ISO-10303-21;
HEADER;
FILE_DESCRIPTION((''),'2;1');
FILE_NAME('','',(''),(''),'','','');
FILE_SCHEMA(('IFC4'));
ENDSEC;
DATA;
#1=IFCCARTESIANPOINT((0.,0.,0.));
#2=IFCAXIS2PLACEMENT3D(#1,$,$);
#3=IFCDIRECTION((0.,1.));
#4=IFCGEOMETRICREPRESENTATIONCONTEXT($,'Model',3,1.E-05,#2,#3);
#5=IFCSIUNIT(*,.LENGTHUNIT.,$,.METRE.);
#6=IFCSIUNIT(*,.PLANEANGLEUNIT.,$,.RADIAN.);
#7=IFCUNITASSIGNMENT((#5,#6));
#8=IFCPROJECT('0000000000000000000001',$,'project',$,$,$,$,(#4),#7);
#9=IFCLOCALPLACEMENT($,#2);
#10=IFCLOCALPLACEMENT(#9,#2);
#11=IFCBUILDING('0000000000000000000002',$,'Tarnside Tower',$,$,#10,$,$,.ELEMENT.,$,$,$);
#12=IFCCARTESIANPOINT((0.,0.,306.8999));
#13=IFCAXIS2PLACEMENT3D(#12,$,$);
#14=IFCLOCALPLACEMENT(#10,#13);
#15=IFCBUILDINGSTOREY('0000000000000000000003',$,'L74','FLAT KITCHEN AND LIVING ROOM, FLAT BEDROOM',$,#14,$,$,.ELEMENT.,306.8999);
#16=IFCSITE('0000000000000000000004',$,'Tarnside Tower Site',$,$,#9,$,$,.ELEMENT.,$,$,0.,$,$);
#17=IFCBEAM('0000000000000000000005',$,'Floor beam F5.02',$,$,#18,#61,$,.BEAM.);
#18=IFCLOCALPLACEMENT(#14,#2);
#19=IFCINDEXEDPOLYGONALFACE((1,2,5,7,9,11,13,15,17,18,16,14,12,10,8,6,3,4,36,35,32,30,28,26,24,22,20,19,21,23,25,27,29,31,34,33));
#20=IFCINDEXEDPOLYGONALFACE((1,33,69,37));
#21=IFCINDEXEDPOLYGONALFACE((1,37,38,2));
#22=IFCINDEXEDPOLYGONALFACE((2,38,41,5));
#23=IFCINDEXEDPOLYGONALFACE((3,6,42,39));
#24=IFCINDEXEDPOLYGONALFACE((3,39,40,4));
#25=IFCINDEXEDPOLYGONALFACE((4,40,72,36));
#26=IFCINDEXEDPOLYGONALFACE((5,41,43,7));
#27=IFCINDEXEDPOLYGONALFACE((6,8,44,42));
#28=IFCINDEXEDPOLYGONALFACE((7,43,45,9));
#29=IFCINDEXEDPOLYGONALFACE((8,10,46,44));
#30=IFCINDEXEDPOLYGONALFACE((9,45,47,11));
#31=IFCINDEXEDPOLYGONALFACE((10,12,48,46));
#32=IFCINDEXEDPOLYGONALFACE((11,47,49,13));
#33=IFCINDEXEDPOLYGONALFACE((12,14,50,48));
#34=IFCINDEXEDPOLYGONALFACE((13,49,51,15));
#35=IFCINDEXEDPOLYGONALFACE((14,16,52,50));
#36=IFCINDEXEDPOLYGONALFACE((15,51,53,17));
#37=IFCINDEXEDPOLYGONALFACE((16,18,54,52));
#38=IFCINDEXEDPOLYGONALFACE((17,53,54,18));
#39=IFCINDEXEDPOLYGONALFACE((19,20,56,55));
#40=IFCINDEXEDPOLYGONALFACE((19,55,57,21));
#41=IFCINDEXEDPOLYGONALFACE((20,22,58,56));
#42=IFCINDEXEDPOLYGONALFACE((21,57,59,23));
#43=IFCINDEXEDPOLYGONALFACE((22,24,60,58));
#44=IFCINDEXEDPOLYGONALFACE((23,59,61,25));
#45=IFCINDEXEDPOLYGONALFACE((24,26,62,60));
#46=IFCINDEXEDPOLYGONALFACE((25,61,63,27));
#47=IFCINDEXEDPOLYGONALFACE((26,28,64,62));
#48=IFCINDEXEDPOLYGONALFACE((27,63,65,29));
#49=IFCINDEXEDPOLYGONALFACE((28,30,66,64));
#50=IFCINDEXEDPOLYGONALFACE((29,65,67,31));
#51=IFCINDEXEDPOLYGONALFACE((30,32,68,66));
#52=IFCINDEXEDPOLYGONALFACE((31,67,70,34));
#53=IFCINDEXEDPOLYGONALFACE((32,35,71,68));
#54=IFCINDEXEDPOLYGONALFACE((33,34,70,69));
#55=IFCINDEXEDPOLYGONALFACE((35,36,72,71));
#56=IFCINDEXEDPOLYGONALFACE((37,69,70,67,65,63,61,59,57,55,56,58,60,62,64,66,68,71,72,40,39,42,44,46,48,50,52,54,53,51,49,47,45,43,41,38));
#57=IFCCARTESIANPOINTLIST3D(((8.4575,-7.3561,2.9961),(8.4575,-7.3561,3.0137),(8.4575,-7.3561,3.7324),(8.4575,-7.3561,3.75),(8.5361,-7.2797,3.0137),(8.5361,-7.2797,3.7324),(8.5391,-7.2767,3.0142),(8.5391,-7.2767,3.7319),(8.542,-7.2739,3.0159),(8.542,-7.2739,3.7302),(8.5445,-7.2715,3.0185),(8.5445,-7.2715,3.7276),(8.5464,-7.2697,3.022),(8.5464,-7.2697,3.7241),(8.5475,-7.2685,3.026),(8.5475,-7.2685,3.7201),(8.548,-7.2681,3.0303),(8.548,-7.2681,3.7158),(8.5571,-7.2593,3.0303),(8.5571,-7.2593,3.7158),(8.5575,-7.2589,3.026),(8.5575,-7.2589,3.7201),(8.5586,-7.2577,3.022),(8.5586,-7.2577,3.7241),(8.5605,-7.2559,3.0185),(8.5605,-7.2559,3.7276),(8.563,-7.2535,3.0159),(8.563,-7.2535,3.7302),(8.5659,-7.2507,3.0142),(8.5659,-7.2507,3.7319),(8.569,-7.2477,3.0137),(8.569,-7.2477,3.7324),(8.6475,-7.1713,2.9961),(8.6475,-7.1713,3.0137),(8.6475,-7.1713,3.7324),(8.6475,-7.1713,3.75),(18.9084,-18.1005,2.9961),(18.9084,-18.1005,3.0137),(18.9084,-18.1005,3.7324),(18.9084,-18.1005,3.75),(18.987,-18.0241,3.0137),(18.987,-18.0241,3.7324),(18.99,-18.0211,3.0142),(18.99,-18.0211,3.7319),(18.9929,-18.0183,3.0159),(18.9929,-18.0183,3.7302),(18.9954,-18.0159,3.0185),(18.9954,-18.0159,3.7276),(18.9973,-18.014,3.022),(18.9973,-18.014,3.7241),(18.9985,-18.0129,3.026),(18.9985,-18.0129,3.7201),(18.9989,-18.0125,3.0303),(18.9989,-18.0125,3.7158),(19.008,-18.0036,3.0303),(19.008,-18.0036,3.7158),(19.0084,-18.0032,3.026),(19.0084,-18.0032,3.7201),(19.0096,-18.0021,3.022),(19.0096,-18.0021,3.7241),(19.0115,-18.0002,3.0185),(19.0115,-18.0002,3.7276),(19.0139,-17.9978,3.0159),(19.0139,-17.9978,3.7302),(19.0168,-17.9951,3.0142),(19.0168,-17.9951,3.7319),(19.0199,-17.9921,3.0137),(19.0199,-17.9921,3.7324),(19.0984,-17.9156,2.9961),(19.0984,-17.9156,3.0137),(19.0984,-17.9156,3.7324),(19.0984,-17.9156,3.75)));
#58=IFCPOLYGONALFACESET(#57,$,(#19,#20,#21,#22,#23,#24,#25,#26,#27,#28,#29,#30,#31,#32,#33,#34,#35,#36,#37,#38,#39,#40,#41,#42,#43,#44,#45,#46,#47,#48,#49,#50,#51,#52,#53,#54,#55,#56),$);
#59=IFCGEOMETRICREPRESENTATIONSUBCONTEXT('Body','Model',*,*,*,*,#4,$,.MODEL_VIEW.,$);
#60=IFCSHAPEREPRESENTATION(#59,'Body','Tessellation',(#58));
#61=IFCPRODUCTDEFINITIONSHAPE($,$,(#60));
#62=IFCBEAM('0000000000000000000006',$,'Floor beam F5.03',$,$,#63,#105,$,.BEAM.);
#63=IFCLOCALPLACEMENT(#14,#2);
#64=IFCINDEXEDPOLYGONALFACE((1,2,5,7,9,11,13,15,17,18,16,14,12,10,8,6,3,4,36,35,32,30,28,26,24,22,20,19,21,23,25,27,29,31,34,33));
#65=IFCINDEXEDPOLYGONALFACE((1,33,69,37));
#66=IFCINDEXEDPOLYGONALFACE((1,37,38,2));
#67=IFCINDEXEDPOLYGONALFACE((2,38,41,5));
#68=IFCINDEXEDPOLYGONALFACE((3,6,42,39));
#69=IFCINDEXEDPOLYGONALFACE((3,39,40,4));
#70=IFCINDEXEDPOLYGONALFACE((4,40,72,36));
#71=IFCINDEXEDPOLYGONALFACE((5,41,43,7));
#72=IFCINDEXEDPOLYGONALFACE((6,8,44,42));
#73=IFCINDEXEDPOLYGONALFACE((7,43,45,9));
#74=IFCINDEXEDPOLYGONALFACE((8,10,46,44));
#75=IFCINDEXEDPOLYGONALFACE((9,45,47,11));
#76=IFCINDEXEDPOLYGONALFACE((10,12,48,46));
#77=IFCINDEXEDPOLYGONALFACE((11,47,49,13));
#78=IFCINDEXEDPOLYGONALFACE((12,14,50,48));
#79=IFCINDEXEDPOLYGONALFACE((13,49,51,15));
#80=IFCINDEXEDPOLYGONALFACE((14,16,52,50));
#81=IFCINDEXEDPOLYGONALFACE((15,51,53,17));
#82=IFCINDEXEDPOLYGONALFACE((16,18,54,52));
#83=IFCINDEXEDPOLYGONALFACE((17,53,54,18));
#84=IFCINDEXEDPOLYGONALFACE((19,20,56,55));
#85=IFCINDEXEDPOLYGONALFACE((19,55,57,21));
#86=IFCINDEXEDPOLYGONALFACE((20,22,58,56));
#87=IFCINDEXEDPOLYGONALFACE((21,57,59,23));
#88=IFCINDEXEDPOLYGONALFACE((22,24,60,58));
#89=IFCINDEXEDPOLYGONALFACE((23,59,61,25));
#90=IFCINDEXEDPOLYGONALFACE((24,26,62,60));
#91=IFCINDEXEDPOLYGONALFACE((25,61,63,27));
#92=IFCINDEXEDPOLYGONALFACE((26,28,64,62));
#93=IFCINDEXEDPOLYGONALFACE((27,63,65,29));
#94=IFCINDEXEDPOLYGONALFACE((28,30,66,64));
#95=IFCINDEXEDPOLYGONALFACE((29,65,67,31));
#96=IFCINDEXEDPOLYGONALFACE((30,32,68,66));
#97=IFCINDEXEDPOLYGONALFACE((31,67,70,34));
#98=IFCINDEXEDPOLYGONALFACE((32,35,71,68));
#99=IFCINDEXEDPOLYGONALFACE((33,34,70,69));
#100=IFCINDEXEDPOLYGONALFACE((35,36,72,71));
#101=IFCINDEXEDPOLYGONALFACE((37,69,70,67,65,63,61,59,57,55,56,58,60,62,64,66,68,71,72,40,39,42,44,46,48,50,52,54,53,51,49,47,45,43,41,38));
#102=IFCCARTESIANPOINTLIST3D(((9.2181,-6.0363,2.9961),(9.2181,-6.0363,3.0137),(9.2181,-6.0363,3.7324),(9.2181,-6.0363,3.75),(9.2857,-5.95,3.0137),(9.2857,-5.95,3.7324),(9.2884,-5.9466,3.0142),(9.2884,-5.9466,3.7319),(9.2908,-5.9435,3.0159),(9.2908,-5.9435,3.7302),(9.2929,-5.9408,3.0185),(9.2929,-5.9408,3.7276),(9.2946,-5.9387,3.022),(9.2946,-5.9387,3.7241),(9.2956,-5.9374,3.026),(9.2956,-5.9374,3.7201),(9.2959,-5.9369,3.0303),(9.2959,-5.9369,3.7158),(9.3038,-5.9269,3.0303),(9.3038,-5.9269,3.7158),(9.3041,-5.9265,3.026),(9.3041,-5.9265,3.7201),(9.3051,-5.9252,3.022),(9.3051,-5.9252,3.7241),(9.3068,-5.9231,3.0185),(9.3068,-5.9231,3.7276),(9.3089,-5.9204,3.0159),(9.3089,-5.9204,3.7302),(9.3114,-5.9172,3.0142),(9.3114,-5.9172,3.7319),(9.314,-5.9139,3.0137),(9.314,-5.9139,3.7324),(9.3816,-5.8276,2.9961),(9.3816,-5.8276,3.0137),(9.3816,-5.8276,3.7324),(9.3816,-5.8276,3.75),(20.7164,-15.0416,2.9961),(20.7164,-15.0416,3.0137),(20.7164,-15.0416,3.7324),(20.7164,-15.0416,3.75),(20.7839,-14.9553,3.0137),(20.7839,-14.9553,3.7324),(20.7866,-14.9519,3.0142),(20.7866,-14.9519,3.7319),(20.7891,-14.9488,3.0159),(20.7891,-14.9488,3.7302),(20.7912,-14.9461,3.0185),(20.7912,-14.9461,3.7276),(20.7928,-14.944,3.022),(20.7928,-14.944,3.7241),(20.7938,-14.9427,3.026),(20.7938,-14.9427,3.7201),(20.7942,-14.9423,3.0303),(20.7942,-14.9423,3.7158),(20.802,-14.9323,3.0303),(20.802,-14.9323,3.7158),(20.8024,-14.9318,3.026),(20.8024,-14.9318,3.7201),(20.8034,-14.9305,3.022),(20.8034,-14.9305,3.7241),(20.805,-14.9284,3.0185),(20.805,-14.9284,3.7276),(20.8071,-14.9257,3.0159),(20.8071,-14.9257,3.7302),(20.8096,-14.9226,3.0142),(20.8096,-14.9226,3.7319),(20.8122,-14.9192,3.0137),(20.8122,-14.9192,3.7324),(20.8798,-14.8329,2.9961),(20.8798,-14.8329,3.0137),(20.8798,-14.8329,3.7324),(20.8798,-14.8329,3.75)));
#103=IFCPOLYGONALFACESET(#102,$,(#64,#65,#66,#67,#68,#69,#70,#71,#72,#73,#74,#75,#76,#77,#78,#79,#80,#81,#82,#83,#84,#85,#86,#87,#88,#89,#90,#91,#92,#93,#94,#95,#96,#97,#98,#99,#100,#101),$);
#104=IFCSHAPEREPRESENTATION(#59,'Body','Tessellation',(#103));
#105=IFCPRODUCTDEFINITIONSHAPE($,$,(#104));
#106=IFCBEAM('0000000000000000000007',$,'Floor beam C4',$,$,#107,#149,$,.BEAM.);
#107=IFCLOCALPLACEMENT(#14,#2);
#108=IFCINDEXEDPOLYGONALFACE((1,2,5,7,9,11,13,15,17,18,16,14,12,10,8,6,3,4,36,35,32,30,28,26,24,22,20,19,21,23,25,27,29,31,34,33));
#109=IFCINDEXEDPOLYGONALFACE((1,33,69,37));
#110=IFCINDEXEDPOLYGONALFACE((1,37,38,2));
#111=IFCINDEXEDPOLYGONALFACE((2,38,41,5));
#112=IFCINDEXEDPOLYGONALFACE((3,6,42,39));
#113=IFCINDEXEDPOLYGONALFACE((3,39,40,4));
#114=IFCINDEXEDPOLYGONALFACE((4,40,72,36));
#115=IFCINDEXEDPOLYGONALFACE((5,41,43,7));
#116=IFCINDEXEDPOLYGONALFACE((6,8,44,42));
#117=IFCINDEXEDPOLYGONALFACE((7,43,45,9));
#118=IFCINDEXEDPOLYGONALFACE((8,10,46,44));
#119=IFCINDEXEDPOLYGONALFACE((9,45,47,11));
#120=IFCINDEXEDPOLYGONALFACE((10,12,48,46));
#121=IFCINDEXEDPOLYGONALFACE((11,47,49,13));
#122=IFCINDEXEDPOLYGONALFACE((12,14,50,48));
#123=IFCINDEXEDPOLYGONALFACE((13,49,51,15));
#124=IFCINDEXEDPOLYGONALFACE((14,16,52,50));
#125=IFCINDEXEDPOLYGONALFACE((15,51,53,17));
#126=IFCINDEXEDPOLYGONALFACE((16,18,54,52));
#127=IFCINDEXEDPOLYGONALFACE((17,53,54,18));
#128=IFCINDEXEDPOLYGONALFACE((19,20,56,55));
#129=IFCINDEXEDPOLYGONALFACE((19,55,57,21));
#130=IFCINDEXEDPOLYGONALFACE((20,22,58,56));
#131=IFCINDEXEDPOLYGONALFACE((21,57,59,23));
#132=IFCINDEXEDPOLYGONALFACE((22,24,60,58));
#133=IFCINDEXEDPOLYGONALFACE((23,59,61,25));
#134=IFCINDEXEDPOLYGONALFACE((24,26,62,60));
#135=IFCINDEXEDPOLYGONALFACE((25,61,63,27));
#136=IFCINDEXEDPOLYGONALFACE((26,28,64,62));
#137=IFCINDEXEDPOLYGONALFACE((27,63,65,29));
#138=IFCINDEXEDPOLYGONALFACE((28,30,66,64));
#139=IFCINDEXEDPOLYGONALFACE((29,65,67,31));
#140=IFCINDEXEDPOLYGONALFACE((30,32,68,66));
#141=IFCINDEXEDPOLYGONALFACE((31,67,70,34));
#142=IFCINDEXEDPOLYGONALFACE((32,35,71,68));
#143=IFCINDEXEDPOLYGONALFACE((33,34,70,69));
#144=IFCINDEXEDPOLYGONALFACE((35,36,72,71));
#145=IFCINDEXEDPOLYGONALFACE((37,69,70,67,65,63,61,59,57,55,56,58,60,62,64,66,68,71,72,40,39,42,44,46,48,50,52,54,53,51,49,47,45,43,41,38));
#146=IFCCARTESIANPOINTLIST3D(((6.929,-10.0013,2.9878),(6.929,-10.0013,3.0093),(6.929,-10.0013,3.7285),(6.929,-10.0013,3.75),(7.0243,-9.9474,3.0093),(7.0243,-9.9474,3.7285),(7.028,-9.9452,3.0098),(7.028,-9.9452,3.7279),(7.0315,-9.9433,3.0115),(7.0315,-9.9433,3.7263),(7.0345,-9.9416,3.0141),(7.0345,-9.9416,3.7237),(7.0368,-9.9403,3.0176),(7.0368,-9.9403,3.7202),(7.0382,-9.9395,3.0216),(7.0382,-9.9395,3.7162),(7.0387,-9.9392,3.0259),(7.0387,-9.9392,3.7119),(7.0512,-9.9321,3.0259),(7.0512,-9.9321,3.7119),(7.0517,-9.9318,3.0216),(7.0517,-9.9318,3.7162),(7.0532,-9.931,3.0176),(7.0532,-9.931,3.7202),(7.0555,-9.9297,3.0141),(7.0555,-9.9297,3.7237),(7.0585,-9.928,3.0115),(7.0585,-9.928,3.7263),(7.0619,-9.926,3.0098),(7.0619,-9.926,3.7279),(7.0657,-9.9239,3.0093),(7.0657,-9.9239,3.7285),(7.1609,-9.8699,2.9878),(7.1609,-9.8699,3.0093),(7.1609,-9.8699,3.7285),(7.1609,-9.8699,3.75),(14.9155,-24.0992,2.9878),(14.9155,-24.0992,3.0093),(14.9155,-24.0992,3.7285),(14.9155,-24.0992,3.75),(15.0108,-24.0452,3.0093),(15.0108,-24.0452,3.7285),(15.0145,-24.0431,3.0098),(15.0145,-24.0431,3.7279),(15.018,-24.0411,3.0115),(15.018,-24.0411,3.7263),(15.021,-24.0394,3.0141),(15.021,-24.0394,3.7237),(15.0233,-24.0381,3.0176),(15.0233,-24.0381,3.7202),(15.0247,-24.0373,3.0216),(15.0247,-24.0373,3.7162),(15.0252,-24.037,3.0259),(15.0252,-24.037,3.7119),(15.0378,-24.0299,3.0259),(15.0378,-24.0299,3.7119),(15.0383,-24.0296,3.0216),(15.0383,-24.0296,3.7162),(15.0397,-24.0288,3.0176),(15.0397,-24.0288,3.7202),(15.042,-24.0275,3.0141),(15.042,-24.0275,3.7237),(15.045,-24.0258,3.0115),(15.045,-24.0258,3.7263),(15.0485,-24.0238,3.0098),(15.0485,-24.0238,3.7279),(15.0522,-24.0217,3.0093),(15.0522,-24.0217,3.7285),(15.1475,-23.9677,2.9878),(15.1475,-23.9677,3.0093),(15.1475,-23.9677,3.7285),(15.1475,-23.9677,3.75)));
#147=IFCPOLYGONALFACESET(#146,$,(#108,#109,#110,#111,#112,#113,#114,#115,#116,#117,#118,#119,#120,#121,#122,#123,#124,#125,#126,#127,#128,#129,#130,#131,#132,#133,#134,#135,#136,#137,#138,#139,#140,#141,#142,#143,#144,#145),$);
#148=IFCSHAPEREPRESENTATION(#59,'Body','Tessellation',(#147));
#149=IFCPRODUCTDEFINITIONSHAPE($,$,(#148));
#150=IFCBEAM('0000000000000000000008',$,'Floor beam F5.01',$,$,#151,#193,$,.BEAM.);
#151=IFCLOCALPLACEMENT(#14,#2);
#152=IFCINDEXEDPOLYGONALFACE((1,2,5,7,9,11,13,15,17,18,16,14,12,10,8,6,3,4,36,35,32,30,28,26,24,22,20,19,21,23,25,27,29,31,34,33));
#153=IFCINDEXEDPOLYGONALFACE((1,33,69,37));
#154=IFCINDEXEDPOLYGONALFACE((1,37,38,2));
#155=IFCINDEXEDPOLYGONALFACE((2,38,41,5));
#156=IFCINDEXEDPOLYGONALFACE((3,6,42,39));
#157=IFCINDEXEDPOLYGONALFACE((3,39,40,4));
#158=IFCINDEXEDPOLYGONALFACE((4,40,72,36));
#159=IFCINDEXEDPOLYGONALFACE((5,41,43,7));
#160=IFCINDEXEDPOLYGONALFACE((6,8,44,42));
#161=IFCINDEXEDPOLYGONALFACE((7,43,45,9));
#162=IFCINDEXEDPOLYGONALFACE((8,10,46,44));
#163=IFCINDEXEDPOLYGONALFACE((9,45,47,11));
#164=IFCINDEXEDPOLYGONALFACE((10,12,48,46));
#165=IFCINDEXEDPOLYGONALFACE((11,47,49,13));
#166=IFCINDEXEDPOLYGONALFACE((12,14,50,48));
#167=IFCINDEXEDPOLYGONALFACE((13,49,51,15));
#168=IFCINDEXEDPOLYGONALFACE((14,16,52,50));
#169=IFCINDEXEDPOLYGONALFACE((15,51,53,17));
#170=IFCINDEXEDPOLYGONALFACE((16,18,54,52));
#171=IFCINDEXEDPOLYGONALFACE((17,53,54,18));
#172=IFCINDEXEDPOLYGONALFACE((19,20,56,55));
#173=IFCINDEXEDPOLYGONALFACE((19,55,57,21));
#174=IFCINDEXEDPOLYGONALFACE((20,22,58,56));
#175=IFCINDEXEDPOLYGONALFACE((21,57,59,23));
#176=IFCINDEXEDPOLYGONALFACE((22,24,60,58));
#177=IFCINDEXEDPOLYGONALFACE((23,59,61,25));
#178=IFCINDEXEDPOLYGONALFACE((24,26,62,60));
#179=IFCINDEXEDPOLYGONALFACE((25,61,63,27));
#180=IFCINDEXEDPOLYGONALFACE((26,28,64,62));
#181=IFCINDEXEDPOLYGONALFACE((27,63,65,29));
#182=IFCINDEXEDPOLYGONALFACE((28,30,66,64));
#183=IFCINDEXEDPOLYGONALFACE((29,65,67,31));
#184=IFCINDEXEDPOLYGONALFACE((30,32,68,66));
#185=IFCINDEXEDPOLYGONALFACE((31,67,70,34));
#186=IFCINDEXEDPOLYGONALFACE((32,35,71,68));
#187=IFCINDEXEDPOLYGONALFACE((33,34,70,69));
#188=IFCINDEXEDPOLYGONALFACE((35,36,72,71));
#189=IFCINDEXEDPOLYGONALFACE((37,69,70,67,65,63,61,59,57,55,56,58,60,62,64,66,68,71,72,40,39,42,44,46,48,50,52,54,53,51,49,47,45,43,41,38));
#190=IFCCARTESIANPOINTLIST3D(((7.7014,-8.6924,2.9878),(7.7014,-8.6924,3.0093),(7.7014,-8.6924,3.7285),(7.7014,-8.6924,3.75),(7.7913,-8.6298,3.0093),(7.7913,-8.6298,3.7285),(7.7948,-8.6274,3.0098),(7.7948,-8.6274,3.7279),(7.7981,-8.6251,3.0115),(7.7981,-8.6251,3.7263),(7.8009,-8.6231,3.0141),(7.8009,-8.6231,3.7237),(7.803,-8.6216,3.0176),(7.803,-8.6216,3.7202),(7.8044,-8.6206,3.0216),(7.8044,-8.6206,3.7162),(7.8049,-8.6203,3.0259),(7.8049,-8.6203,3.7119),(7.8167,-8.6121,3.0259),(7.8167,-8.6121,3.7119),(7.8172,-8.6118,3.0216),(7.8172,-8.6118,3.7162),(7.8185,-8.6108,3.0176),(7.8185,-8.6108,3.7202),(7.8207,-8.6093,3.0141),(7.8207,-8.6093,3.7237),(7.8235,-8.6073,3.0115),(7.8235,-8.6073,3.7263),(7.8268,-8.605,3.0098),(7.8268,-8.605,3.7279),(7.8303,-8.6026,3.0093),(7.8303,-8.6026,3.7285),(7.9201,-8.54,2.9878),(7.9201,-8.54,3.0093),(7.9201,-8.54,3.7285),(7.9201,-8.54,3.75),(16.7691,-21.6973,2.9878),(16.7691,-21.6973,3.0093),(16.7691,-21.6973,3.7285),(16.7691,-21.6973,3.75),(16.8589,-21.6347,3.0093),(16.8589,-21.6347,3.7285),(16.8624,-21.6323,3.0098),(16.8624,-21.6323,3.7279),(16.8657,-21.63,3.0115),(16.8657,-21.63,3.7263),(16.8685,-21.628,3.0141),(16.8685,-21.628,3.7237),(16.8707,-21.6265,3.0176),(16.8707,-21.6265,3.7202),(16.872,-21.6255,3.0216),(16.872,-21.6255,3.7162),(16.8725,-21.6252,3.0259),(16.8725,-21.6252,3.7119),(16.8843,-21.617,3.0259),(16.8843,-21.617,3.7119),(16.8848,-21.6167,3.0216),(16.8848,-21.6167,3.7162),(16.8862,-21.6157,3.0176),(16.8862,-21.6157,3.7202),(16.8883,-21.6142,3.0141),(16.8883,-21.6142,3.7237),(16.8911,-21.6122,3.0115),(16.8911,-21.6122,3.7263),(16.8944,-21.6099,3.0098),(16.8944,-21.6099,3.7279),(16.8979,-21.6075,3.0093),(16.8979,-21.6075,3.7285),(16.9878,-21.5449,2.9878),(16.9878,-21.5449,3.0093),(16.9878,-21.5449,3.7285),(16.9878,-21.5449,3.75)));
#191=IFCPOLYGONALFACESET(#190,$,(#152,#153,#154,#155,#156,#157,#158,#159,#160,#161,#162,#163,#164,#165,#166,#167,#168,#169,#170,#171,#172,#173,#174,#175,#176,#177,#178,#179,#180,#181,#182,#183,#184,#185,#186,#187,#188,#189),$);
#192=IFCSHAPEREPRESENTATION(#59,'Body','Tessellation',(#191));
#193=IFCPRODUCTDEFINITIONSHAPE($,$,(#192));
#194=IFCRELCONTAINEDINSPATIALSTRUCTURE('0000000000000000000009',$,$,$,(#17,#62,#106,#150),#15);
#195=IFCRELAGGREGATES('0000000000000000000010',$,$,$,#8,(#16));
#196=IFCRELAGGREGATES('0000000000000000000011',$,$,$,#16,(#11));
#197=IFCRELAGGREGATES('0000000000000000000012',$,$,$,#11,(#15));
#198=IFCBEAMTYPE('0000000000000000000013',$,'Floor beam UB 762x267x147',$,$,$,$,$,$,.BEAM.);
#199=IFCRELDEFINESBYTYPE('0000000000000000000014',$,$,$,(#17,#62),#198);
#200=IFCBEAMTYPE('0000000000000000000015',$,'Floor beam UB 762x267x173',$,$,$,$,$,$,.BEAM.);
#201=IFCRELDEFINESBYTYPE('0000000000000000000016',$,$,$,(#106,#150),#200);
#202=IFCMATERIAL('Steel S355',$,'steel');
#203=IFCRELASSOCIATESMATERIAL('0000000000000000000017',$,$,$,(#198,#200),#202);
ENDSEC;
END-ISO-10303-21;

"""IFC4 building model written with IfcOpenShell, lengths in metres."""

from ifc_helpers import new_model, si_unit, direction, frame, origin, origin_2d, place, context, subcontext, project, spatial, i_section, extrude, material, material_profile, profile_set, type_object, element, save


model = new_model("IFC4")

# Units and contexts
model_context = context("Model", 3, precision=1e-05, world=origin(), true_north=direction((0.0, 1.0)))
body_context = subcontext(model_context, "Body", "Model", "MODEL_VIEW")
ifc_project = project(units=[si_unit("LENGTHUNIT", "METRE"), si_unit("PLANEANGLEUNIT", "RADIAN")], contexts=[model_context])

# Site, building, storey
site_placement = place(None, origin())
site = spatial("IfcSite", under=ifc_project, at=site_placement, Name="Tarnside Tower Site", CompositionType="ELEMENT", RefElevation=0.0)
building_placement = place(site_placement, origin())
building = spatial("IfcBuilding", under=site, at=building_placement, Name="Tarnside Tower", CompositionType="ELEMENT")
storey_placement = place(building_placement, frame((0.0, 0.0, 306.8999)))
storey = spatial("IfcBuildingStorey", under=building, at=storey_placement, Name="L74", Description="FLAT KITCHEN AND LIVING ROOM, FLAT BEDROOM", CompositionType="ELEMENT", Elevation=306.8999)

# Beams
ifc_material_1 = material(Name="Steel S355", Category="steel")
ifc_material_profile_1 = material_profile(ifc_material_1, i_section(OverallWidth=0.2651, OverallDepth=0.7539, WebThickness=0.0127, FlangeThickness=0.0176, FilletRadius=0.0166, at=origin_2d()), Name="UB 762x267x147")
ifc_profile_set_1 = profile_set([ifc_material_profile_1], Name="Steel S355")
beam_type_1 = type_object("IfcBeamType", Name="Floor beam UB 762x267x147", PredefinedType="BEAM", material=ifc_profile_set_1)
beam_1_placement = place(storey_placement, frame((19.0034, -18.0081, 3.373), z_axis=(-0.69725, 0.716828, 0.0), x_axis=(-0.716828, -0.69725, 0.0)))
element("IfcBeam", 1, at=beam_1_placement, inside=storey, type_object=beam_type_1, Name="Floor beam F5.02", PredefinedType="BEAM", context=body_context, shape_type="SweptSolid", body=[
    extrude(i_section(OverallWidth=0.2651, OverallDepth=0.7539, WebThickness=0.0127, FlangeThickness=0.0176, FilletRadius=0.0166, at=origin_2d()), origin(), (0.0, 0.0, 1.0), 14.9888),
])
beam_2_placement = place(storey_placement, frame((20.7981, -14.9373, 3.373), z_axis=(-0.787282, 0.616593, 0.0), x_axis=(-0.616593, -0.787282, 0.0)))
element("IfcBeam", 2, at=beam_2_placement, inside=storey, type_object=beam_type_1, Name="Floor beam F5.03", PredefinedType="BEAM", context=body_context, shape_type="SweptSolid", body=[
    extrude(i_section(OverallWidth=0.2651, OverallDepth=0.7539, WebThickness=0.0127, FlangeThickness=0.0176, FilletRadius=0.0166, at=origin_2d()), origin(), (0.0, 0.0, 1.0), 14.605),
])
ifc_material_profile_2 = material_profile(ifc_material_1, i_section(OverallWidth=0.2666, OverallDepth=0.7622, WebThickness=0.0144, FlangeThickness=0.0215, FilletRadius=0.0166, at=origin_2d()), Name="UB 762x267x173")
ifc_profile_set_2 = profile_set([ifc_material_profile_2], Name="Steel S355")
beam_type_2 = type_object("IfcBeamType", Name="Floor beam UB 762x267x173", PredefinedType="BEAM", material=ifc_profile_set_2)
beam_3_placement = place(storey_placement, frame((15.0315, -24.0334, 3.3689), z_axis=(-0.492908, 0.870081, 0.0), x_axis=(-0.870081, -0.492908, 0.0)))
element("IfcBeam", 3, at=beam_3_placement, inside=storey, type_object=beam_type_2, Name="Floor beam C4", PredefinedType="BEAM", context=body_context, shape_type="SweptSolid", body=[
    extrude(i_section(OverallWidth=0.2666, OverallDepth=0.7622, WebThickness=0.0144, FlangeThickness=0.0215, FilletRadius=0.0166, at=origin_2d()), origin(), (0.0, 0.0, 1.0), 16.2029),
])
beam_4_placement = place(storey_placement, frame((16.8784, -21.6211, 3.3689), z_axis=(-0.571946, 0.820291, 0.0), x_axis=(-0.820291, -0.571946, 0.0)))
element("IfcBeam", 4, at=beam_4_placement, inside=storey, type_object=beam_type_2, Name="Floor beam F5.01", PredefinedType="BEAM", context=body_context, shape_type="SweptSolid", body=[
    extrude(i_section(OverallWidth=0.2666, OverallDepth=0.7622, WebThickness=0.0144, FlangeThickness=0.0215, FilletRadius=0.0166, at=origin_2d()), origin(), (0.0, 0.0, 1.0), 15.854),
])

save(model, "model.ifc")
